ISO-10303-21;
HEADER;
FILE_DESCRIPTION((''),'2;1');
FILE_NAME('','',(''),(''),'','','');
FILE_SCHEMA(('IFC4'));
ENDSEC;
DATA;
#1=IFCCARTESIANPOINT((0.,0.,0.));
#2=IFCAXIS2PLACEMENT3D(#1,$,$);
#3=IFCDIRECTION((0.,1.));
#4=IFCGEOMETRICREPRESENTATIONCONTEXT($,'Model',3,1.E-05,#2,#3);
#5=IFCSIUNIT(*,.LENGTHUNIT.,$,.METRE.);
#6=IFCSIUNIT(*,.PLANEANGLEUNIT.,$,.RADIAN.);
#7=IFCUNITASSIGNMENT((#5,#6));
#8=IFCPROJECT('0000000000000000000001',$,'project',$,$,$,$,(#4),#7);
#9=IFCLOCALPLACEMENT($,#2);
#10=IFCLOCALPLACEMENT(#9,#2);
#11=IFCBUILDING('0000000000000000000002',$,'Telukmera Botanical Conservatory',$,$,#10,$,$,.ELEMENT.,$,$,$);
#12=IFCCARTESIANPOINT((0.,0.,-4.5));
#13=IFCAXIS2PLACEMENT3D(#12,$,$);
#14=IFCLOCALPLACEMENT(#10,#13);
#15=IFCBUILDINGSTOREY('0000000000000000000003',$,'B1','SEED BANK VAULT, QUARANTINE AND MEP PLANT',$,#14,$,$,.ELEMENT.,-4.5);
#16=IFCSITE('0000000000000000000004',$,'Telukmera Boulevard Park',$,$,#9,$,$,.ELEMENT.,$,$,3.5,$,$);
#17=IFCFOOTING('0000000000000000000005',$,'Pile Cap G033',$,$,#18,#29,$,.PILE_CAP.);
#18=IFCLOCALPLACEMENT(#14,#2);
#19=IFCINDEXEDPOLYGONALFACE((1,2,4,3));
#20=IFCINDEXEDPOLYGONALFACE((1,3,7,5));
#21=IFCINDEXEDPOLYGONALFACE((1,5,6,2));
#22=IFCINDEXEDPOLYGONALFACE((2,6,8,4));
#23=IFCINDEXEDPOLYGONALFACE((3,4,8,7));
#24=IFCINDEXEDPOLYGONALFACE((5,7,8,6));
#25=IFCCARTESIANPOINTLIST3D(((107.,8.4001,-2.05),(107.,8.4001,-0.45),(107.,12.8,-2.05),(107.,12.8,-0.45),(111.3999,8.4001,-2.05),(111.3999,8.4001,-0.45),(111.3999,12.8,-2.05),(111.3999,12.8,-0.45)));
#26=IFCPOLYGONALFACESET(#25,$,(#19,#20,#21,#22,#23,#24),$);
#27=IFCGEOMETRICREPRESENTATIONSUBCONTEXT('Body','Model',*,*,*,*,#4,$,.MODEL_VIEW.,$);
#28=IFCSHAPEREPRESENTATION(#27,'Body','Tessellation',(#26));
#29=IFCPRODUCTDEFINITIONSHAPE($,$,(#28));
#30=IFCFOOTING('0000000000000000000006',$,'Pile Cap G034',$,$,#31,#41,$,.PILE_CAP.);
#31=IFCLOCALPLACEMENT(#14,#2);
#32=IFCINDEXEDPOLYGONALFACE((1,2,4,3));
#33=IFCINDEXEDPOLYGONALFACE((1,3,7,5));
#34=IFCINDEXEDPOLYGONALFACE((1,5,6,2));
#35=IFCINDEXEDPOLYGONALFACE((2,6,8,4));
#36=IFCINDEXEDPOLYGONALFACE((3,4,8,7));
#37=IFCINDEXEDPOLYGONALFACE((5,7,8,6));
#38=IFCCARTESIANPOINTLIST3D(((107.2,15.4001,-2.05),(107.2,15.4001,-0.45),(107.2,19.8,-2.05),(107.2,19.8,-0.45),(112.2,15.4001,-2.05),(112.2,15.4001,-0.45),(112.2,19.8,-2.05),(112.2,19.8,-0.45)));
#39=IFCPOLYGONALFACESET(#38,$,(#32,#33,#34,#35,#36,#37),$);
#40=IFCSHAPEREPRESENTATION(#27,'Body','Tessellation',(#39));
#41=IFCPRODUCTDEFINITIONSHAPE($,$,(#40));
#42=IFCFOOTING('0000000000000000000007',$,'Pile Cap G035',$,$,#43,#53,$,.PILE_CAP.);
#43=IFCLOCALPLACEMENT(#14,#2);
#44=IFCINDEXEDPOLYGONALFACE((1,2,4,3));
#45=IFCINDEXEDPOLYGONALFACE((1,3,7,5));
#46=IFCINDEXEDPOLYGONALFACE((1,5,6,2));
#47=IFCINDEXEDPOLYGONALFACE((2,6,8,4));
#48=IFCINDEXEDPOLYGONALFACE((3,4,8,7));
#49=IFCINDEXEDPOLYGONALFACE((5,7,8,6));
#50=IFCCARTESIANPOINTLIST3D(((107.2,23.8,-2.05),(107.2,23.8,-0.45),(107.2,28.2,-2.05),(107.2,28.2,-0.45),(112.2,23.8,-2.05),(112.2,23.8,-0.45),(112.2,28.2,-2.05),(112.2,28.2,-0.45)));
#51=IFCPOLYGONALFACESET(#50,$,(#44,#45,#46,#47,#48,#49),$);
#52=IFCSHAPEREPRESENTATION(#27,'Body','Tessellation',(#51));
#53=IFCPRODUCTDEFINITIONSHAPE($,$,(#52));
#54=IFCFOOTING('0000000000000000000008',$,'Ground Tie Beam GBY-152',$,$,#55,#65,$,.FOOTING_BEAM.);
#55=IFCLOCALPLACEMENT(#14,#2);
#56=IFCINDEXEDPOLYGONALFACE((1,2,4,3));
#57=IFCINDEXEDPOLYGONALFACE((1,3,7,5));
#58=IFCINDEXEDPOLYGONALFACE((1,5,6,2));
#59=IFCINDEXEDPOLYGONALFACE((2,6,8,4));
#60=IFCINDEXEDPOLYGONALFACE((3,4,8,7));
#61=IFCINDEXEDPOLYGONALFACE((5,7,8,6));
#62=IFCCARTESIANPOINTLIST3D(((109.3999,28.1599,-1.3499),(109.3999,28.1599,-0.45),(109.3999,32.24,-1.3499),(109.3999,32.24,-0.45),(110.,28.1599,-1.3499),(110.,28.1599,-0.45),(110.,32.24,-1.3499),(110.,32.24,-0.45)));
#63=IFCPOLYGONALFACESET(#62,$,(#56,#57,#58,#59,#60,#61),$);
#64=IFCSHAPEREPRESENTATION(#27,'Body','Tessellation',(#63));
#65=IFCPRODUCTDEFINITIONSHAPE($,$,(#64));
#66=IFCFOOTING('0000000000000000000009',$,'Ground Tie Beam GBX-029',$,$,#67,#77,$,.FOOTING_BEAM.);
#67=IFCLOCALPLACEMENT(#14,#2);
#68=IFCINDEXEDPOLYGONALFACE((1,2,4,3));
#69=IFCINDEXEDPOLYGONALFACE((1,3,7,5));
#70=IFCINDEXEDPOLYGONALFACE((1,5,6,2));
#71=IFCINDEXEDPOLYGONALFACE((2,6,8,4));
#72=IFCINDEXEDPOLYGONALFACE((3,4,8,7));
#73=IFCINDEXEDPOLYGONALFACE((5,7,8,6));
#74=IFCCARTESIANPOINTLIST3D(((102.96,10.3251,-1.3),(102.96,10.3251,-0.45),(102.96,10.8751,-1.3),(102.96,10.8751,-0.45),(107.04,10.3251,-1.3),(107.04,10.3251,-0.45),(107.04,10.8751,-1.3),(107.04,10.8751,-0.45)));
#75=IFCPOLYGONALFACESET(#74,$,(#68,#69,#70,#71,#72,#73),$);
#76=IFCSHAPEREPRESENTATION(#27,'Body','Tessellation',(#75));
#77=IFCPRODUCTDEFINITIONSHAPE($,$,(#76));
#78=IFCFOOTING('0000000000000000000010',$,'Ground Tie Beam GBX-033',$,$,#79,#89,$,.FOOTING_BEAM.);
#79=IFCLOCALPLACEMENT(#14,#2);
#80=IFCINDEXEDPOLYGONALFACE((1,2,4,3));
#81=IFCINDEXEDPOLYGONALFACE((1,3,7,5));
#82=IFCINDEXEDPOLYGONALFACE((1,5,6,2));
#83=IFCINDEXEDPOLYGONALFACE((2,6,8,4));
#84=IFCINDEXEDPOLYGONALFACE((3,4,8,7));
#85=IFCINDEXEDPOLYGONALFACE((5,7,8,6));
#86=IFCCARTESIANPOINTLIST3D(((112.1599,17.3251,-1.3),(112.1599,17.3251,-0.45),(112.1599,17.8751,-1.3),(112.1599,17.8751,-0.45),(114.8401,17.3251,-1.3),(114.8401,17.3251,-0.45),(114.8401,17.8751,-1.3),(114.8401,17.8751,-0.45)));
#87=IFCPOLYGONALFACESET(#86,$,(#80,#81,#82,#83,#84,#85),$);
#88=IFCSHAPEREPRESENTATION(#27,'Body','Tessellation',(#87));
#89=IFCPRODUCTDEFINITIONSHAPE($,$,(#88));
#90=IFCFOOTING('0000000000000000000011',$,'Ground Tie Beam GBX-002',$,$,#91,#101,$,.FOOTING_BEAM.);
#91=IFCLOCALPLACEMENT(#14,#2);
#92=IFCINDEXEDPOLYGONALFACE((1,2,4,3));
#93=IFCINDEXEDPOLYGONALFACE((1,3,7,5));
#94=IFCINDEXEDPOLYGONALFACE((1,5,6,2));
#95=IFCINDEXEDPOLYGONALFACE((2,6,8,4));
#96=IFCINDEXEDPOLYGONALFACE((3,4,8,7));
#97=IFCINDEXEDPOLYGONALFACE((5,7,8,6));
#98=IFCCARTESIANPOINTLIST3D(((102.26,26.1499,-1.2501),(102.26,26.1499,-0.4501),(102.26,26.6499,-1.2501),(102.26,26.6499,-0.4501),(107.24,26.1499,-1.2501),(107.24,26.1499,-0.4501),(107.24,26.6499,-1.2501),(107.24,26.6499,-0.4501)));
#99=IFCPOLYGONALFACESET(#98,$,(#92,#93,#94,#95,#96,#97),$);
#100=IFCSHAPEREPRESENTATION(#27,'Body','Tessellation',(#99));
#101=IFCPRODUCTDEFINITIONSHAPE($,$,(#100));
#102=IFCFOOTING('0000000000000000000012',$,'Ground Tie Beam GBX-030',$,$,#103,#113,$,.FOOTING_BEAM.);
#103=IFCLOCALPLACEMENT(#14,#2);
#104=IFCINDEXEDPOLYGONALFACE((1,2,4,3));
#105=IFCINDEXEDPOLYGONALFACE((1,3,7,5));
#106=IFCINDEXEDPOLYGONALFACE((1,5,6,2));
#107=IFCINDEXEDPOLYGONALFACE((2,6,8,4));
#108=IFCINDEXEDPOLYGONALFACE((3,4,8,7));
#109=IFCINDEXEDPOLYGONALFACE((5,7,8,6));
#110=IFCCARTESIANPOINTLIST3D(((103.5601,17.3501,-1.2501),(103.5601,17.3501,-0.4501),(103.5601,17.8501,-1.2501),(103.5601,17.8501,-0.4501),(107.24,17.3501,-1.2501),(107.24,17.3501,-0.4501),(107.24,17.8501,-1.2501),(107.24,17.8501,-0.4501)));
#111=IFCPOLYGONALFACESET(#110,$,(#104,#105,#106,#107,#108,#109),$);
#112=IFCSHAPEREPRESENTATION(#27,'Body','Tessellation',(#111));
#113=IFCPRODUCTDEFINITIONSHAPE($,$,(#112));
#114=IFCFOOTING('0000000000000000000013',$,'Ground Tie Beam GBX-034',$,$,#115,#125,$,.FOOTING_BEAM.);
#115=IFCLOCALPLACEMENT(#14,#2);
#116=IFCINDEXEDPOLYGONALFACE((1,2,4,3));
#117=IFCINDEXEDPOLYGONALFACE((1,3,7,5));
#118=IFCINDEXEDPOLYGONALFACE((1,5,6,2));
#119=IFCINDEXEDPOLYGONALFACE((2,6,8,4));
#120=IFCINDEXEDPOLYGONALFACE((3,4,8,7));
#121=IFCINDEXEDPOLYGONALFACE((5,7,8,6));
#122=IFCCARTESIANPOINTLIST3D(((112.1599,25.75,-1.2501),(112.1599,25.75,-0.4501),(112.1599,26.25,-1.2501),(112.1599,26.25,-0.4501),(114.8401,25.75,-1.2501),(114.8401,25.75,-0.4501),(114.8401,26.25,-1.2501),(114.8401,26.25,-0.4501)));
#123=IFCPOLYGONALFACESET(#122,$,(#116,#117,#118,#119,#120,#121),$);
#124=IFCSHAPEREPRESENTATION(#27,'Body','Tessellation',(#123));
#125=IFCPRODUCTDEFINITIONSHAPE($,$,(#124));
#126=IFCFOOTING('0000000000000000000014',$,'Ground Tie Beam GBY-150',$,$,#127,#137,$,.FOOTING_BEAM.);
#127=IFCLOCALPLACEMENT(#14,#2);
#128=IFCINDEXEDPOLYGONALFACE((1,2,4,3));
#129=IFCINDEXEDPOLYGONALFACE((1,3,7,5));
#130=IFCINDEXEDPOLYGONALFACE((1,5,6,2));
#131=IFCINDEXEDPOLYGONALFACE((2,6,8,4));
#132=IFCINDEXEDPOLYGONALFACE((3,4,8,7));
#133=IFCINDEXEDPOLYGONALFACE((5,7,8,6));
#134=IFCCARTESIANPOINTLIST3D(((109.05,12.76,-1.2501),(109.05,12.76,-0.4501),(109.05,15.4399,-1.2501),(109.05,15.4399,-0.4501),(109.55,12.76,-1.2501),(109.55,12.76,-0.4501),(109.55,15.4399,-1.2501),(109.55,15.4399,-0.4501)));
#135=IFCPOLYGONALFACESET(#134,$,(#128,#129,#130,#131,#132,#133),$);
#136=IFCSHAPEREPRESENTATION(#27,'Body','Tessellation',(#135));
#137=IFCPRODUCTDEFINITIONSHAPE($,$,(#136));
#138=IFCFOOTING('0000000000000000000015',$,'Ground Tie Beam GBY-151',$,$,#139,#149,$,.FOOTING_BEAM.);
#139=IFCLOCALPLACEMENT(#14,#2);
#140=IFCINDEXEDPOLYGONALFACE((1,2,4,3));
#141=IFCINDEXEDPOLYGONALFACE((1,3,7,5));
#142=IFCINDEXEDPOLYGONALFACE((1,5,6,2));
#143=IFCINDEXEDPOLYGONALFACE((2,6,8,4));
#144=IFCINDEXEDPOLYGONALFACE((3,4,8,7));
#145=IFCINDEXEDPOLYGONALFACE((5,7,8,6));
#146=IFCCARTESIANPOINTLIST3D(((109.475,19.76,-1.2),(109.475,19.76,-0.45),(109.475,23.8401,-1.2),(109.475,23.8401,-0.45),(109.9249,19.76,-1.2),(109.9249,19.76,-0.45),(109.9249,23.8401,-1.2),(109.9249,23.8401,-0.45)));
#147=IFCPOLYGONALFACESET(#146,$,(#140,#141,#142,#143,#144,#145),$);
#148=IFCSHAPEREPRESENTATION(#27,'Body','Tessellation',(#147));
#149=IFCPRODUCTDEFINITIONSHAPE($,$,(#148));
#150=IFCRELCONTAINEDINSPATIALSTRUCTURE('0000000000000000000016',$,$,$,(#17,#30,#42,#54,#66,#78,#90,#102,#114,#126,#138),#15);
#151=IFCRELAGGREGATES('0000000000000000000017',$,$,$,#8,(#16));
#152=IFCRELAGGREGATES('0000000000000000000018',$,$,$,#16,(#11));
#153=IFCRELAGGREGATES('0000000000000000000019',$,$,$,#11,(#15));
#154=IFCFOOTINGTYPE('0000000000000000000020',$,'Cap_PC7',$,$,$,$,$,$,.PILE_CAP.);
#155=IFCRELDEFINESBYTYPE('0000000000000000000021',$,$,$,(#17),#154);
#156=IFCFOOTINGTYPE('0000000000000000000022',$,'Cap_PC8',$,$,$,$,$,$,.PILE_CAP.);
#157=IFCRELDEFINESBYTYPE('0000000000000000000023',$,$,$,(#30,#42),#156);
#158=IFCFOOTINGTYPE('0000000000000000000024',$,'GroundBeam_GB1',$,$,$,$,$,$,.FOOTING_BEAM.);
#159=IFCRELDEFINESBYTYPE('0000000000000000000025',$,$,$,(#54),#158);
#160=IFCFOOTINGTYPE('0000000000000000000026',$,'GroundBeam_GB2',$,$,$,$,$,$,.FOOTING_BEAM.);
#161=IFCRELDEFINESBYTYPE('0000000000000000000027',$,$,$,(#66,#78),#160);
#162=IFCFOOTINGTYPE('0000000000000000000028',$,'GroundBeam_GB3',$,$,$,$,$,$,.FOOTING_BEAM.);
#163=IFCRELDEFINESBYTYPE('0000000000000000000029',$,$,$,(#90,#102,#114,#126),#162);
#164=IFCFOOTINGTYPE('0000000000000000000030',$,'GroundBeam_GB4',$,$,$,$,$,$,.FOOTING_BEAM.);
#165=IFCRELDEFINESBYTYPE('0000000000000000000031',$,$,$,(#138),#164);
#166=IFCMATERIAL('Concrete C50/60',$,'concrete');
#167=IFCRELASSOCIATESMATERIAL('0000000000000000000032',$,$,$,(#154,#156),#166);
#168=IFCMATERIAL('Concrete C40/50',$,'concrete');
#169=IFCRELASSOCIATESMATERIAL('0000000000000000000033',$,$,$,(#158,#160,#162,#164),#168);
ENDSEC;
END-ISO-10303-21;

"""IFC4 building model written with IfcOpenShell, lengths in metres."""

from ifc_helpers import new_model, si_unit, direction, frame, origin, origin_2d, place, context, subcontext, project, spatial, rectangle, extrude, material, material_profile, profile_set, type_object, element, save


model = new_model("IFC4")

# Units and contexts
model_context = context("Model", 3, precision=1e-05, world=origin(), true_north=direction((0.0, 1.0)))
body_context = subcontext(model_context, "Body", "Model", "MODEL_VIEW")
ifc_project = project(units=[si_unit("LENGTHUNIT", "METRE"), si_unit("PLANEANGLEUNIT", "RADIAN")], contexts=[model_context])

# Site, building, storey
site_placement = place(None, origin())
site = spatial("IfcSite", under=ifc_project, at=site_placement, Name="Telukmera Boulevard Park", CompositionType="ELEMENT", RefElevation=3.5)
building_placement = place(site_placement, origin())
building = spatial("IfcBuilding", under=site, at=building_placement, Name="Telukmera Botanical Conservatory", CompositionType="ELEMENT")
storey_placement = place(building_placement, frame((0.0, 0.0, -4.5)))
storey = spatial("IfcBuildingStorey", under=building, at=storey_placement, Name="B1", Description="SEED BANK VAULT, QUARANTINE AND MEP PLANT", CompositionType="ELEMENT", Elevation=-4.5)

# Footings
ifc_material_1 = material(Name="Concrete C50/60", Category="concrete")
footing_type_1 = type_object("IfcFootingType", Name="Cap_PC7", PredefinedType="PILE_CAP", material=ifc_material_1)
footing_1_placement = place(storey_placement, frame((109.2, 10.6001, -2.05), z_axis=(0.0, 0.0, 1.0), x_axis=(1.0, 0.0, 0.0)))
element("IfcFooting", 1, at=footing_1_placement, inside=storey, type_object=footing_type_1, Name="Pile Cap G033", PredefinedType="PILE_CAP", context=body_context, shape_type="SweptSolid", body=[
    extrude(rectangle(XDim=4.3999, YDim=4.3999, at=origin_2d()), origin(), (0.0, 0.0, 1.0), 1.6001),
])
footing_type_2 = type_object("IfcFootingType", Name="Cap_PC8", PredefinedType="PILE_CAP", material=ifc_material_1)
for number, where, z_axis, x_axis, name in (
    (2, (109.7, 17.6001, -2.05), (0.0, 0.0, 1.0), (1.0, 0.0, 0.0), "Pile Cap G034"),
    (3, (109.7, 26.0, -2.05), (0.0, 0.0, 1.0), (1.0, 0.0, 0.0), "Pile Cap G035"),
):
    element("IfcFooting", number, at=place(storey_placement, frame(where, z_axis=z_axis, x_axis=x_axis)), inside=storey, type_object=footing_type_2, Name=name, PredefinedType="PILE_CAP", context=body_context, shape_type="SweptSolid", body=[
        extrude(rectangle(XDim=5.0, YDim=4.3999, at=origin_2d()), origin(), (0.0, 0.0, 1.0), 1.6001),
    ])
ifc_material_2 = material(Name="Concrete C40/50", Category="concrete")
ifc_material_profile_1 = material_profile(ifc_material_2, rectangle(XDim=0.6001, YDim=0.8999, at=origin_2d()), Name="RC 600x900")
ifc_profile_set_1 = profile_set([ifc_material_profile_1], Name="Concrete C40/50")
footing_type_3 = type_object("IfcFootingType", Name="GroundBeam_GB1", PredefinedType="FOOTING_BEAM", material=ifc_profile_set_1)
footing_2_placement = place(storey_placement, frame((109.7, 28.1599, -0.8999), z_axis=(0.0, 1.0, 0.0), x_axis=(-1.0, 0.0, 0.0)))
element("IfcFooting", 4, at=footing_2_placement, inside=storey, type_object=footing_type_3, Name="Ground Tie Beam GBY-152", PredefinedType="FOOTING_BEAM", context=body_context, shape_type="SweptSolid", body=[
    extrude(rectangle(XDim=0.6001, YDim=0.8999, at=origin_2d()), origin(), (0.0, 0.0, 1.0), 4.0801),
])
ifc_material_profile_2 = material_profile(ifc_material_2, rectangle(XDim=0.55, YDim=0.8501, at=origin_2d()), Name="RC 550x850")
ifc_profile_set_2 = profile_set([ifc_material_profile_2], Name="Concrete C40/50")
footing_type_4 = type_object("IfcFootingType", Name="GroundBeam_GB2", PredefinedType="FOOTING_BEAM", material=ifc_profile_set_2)
footing_3_placement = place(storey_placement, frame((102.96, 10.6001, -0.875), z_axis=(1.0, 0.0, 0.0), x_axis=(0.0, 1.0, 0.0)))
element("IfcFooting", 5, at=footing_3_placement, inside=storey, type_object=footing_type_4, Name="Ground Tie Beam GBX-029", PredefinedType="FOOTING_BEAM", context=body_context, shape_type="SweptSolid", body=[
    extrude(rectangle(XDim=0.55, YDim=0.8501, at=origin_2d()), origin(), (0.0, 0.0, 1.0), 4.0801),
])
footing_4_placement = place(storey_placement, frame((112.1599, 17.6001, -0.875), z_axis=(1.0, 0.0, 0.0), x_axis=(0.0, 1.0, 0.0)))
element("IfcFooting", 6, at=footing_4_placement, inside=storey, type_object=footing_type_4, Name="Ground Tie Beam GBX-033", PredefinedType="FOOTING_BEAM", context=body_context, shape_type="SweptSolid", body=[
    extrude(rectangle(XDim=0.55, YDim=0.8501, at=origin_2d()), origin(), (0.0, 0.0, 1.0), 2.6802),
])
ifc_material_profile_3 = material_profile(ifc_material_2, rectangle(XDim=0.5, YDim=0.8, at=origin_2d()), Name="RC 500x800")
ifc_profile_set_3 = profile_set([ifc_material_profile_3], Name="Concrete C40/50")
footing_type_5 = type_object("IfcFootingType", Name="GroundBeam_GB3", PredefinedType="FOOTING_BEAM", material=ifc_profile_set_3)
footing_5_placement = place(storey_placement, frame((102.26, 26.3999, -0.8501), z_axis=(1.0, 0.0, 0.0), x_axis=(0.0, 1.0, 0.0)))
element("IfcFooting", 7, at=footing_5_placement, inside=storey, type_object=footing_type_5, Name="Ground Tie Beam GBX-002", PredefinedType="FOOTING_BEAM", context=body_context, shape_type="SweptSolid", body=[
    extrude(rectangle(XDim=0.5, YDim=0.8, at=origin_2d()), origin(), (0.0, 0.0, 1.0), 4.98),
])
footing_6_placement = place(storey_placement, frame((103.5601, 17.6001, -0.8501), z_axis=(1.0, 0.0, 0.0), x_axis=(0.0, 1.0, 0.0)))
element("IfcFooting", 8, at=footing_6_placement, inside=storey, type_object=footing_type_5, Name="Ground Tie Beam GBX-030", PredefinedType="FOOTING_BEAM", context=body_context, shape_type="SweptSolid", body=[
    extrude(rectangle(XDim=0.5, YDim=0.8, at=origin_2d()), origin(), (0.0, 0.0, 1.0), 3.6799),
])
footing_7_placement = place(storey_placement, frame((112.1599, 26.0, -0.8501), z_axis=(1.0, 0.0, 0.0), x_axis=(0.0, 1.0, 0.0)))
element("IfcFooting", 9, at=footing_7_placement, inside=storey, type_object=footing_type_5, Name="Ground Tie Beam GBX-034", PredefinedType="FOOTING_BEAM", context=body_context, shape_type="SweptSolid", body=[
    extrude(rectangle(XDim=0.5, YDim=0.8, at=origin_2d()), origin(), (0.0, 0.0, 1.0), 2.6802),
])
footing_8_placement = place(storey_placement, frame((109.3, 12.76, -0.8501), z_axis=(0.0, 1.0, 0.0), x_axis=(-1.0, 0.0, 0.0)))
element("IfcFooting", 10, at=footing_8_placement, inside=storey, type_object=footing_type_5, Name="Ground Tie Beam GBY-150", PredefinedType="FOOTING_BEAM", context=body_context, shape_type="SweptSolid", body=[
    extrude(rectangle(XDim=0.5, YDim=0.8, at=origin_2d()), origin(), (0.0, 0.0, 1.0), 2.6799),
])
ifc_material_profile_4 = material_profile(ifc_material_2, rectangle(XDim=0.45, YDim=0.75, at=origin_2d()), Name="RC 450x750")
ifc_profile_set_4 = profile_set([ifc_material_profile_4], Name="Concrete C40/50")
footing_type_6 = type_object("IfcFootingType", Name="GroundBeam_GB4", PredefinedType="FOOTING_BEAM", material=ifc_profile_set_4)
footing_9_placement = place(storey_placement, frame((109.7, 19.76, -0.825), z_axis=(0.0, 1.0, 0.0), x_axis=(-1.0, 0.0, 0.0)))
element("IfcFooting", 11, at=footing_9_placement, inside=storey, type_object=footing_type_6, Name="Ground Tie Beam GBY-151", PredefinedType="FOOTING_BEAM", context=body_context, shape_type="SweptSolid", body=[
    extrude(rectangle(XDim=0.45, YDim=0.75, at=origin_2d()), origin(), (0.0, 0.0, 1.0), 4.0801),
])

save(model, "model.ifc")
